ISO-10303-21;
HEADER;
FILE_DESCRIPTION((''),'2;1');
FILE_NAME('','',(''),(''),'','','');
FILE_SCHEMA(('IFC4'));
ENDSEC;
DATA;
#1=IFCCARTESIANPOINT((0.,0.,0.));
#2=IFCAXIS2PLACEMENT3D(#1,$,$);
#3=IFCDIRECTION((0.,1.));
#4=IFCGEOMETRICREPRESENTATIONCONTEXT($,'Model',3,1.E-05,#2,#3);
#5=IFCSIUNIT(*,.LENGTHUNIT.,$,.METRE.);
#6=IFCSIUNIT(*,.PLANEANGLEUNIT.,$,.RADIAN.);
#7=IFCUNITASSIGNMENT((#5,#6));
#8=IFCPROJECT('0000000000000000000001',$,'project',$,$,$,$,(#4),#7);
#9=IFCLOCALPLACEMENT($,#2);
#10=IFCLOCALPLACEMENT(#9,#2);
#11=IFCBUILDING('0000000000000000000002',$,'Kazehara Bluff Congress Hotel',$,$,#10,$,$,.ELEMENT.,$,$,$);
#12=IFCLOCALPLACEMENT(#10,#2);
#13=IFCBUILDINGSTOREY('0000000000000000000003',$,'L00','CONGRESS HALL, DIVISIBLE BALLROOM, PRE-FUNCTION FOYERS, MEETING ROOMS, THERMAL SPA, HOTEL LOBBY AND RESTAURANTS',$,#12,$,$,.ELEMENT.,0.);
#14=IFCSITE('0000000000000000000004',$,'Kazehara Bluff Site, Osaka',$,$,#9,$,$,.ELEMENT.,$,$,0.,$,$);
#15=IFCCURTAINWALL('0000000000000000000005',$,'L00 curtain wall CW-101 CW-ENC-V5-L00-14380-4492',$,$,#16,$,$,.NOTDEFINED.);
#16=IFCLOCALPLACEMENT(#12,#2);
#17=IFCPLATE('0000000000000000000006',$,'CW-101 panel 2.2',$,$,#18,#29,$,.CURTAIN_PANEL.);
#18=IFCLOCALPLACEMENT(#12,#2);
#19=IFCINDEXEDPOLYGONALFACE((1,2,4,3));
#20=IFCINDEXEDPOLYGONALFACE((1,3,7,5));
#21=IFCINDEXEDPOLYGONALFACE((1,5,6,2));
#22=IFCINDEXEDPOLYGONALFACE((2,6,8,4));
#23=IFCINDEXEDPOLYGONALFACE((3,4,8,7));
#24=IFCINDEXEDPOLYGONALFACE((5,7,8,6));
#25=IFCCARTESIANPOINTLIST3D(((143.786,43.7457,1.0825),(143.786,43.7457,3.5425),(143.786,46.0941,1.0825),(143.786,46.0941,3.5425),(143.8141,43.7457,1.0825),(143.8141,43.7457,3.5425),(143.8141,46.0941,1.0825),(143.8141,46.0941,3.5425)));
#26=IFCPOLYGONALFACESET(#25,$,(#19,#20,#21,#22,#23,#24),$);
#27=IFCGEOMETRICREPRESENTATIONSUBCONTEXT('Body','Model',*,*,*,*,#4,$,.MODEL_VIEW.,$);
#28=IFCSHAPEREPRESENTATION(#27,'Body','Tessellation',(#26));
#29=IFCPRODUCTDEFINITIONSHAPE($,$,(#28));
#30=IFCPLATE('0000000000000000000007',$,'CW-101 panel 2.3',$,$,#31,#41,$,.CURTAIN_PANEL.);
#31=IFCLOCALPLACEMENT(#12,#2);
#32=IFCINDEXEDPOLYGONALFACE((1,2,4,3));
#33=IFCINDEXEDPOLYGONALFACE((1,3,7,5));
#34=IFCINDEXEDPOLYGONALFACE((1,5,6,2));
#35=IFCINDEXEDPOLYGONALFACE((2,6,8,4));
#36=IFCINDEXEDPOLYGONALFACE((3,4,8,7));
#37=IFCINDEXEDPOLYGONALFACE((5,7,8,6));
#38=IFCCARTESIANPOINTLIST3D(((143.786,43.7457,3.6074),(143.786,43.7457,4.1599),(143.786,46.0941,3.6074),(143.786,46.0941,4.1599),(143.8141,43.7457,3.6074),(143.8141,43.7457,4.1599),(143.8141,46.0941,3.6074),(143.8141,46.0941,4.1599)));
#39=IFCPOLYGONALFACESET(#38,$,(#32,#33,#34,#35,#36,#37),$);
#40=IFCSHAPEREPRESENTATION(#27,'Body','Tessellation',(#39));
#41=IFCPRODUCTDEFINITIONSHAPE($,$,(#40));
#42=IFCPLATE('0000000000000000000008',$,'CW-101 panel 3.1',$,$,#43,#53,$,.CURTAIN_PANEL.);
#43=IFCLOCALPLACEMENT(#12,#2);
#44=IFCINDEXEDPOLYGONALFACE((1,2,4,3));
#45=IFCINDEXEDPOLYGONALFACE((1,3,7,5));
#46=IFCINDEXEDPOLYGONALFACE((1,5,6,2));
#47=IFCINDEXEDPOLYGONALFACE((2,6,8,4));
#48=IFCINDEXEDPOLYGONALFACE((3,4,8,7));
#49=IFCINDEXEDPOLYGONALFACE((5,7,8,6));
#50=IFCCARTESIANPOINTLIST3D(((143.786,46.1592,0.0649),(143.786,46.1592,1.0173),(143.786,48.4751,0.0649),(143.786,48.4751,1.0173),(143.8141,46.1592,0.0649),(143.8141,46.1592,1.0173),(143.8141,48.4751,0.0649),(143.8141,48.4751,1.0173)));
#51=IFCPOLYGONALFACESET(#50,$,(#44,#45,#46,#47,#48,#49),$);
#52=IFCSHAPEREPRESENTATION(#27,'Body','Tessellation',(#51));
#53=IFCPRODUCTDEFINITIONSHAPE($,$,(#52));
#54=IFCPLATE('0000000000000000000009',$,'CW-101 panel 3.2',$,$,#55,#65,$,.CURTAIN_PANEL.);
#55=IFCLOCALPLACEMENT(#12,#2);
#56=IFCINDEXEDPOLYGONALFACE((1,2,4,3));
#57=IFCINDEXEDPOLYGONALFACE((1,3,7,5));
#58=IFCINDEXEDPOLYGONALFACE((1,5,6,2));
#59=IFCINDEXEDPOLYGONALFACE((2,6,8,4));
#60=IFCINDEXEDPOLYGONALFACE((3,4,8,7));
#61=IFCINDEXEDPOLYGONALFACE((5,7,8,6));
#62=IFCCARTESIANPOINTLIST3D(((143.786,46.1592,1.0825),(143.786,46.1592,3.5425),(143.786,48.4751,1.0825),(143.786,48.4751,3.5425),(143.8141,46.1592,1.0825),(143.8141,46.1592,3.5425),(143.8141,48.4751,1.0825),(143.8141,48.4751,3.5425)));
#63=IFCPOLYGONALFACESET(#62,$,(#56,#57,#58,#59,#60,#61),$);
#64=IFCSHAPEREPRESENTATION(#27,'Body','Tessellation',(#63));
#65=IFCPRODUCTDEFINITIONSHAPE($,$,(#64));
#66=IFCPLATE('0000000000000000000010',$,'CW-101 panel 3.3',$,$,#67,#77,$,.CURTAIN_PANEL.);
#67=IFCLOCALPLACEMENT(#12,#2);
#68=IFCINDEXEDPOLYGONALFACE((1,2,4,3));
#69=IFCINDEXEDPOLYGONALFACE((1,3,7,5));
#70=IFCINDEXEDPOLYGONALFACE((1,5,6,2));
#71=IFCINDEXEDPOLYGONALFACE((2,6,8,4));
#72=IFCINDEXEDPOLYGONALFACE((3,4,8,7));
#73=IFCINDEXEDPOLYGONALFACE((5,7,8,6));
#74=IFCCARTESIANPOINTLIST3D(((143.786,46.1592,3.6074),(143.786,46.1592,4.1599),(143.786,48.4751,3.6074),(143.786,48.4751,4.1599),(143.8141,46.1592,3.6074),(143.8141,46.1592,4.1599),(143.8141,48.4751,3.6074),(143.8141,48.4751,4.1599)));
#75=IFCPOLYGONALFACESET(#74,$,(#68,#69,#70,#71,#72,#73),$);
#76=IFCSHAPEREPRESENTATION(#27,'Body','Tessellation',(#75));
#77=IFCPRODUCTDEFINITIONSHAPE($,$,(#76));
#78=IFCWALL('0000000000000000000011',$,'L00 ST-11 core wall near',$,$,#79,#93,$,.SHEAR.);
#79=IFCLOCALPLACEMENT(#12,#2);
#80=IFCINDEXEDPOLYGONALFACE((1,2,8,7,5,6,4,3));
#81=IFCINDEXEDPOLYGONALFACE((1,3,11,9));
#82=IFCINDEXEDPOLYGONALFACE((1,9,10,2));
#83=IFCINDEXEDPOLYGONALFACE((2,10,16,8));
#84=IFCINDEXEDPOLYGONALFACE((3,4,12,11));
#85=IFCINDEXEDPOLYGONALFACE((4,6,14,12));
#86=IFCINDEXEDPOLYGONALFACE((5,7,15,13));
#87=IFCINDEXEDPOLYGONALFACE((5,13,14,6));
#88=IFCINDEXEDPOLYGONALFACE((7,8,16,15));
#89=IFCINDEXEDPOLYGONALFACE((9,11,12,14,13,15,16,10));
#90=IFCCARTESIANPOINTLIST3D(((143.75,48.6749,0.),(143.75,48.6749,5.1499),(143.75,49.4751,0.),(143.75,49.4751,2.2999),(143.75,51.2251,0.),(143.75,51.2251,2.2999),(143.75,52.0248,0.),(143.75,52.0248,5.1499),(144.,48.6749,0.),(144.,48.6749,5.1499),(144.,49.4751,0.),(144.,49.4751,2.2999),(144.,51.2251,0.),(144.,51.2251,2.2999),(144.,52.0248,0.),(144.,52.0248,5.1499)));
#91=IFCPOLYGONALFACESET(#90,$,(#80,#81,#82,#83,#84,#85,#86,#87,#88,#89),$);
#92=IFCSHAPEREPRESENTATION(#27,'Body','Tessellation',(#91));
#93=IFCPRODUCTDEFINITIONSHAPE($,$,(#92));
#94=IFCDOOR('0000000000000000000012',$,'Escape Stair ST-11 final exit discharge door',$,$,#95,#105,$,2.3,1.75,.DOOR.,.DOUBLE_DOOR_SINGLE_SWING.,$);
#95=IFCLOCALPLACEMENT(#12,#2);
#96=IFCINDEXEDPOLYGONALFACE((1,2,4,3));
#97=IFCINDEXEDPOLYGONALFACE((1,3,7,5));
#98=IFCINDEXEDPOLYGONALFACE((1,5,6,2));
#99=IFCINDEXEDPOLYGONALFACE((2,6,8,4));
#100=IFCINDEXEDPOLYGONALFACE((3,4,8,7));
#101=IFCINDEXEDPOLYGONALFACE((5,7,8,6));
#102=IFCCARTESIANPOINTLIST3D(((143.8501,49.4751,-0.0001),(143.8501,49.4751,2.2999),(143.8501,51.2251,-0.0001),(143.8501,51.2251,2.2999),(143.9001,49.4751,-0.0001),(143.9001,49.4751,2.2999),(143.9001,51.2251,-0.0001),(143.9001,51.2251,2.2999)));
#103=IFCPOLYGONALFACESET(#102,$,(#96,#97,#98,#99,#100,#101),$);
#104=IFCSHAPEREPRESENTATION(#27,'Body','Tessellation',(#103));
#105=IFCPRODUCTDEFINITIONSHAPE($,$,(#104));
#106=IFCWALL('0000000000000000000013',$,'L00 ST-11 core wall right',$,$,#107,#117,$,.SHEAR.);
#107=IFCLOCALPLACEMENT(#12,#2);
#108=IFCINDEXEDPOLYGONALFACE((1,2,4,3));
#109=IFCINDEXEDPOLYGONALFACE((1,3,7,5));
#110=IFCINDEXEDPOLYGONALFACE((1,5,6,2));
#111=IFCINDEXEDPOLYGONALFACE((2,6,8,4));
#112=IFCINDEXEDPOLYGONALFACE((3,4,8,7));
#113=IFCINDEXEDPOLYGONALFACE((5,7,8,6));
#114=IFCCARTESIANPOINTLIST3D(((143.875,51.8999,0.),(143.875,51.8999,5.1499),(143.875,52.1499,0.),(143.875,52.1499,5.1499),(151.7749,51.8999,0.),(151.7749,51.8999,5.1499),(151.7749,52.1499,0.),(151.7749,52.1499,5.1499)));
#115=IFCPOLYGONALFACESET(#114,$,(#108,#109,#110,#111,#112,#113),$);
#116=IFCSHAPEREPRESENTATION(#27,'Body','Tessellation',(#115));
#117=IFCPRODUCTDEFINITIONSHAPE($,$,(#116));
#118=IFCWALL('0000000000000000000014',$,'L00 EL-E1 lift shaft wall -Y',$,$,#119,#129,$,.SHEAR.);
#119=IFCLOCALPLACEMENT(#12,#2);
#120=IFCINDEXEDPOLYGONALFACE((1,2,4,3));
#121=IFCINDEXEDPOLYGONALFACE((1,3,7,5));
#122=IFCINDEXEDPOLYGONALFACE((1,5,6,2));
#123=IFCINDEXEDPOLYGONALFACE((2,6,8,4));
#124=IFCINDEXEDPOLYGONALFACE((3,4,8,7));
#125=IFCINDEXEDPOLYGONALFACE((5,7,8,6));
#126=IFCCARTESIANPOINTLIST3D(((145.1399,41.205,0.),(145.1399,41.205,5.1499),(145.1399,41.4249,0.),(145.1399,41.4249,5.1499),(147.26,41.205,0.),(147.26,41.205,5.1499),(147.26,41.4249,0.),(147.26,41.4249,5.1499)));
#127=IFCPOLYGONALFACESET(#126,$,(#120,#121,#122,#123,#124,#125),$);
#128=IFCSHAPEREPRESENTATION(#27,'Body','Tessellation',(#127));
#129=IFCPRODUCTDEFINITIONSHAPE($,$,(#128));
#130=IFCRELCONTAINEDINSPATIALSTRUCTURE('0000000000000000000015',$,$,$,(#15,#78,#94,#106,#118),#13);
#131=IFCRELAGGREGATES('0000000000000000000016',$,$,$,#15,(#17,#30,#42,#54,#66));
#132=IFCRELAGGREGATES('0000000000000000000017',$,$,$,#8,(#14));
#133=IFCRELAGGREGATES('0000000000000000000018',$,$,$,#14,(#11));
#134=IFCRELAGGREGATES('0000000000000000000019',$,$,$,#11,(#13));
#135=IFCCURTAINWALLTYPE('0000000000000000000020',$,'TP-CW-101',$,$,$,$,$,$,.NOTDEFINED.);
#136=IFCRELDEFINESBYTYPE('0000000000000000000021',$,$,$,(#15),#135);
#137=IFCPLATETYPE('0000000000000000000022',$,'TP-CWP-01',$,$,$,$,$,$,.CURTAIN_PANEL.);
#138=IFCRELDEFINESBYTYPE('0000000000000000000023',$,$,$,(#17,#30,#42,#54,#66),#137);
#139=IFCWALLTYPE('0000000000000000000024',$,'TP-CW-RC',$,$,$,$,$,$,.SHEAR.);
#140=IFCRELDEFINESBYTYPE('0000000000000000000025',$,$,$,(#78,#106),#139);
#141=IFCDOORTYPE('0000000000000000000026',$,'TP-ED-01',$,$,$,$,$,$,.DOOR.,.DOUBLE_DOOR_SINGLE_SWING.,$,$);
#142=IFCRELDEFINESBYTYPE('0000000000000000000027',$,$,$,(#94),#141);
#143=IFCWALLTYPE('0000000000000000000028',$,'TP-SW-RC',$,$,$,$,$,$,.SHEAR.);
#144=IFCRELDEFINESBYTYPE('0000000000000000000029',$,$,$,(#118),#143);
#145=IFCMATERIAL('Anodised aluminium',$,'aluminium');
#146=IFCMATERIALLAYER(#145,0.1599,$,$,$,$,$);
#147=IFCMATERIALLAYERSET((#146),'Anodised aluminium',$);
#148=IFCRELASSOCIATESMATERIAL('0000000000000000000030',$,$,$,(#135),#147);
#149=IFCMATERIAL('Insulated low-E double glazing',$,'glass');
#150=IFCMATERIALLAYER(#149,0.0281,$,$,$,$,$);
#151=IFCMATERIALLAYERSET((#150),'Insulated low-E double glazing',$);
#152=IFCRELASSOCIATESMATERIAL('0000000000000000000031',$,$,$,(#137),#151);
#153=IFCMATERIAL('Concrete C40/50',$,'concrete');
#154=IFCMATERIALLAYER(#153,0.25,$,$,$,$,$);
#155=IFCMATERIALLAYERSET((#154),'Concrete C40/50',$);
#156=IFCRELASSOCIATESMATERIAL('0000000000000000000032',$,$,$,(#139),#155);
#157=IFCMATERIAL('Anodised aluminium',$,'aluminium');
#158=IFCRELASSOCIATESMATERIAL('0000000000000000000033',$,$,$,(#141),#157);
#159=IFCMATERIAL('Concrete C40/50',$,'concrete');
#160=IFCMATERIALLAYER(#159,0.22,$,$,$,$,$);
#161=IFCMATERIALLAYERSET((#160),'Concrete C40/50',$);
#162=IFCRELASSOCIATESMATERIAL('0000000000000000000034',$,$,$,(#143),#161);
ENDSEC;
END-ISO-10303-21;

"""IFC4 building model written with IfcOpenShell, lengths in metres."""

from ifc_helpers import new_model, si_unit, direction, frame, frame_2d, origin, origin_2d, place, context, subcontext, project, spatial, rectangle, extrude, material, layer, layer_set, type_object, element, fill, aggregate, save


model = new_model("IFC4")

# Units and contexts
model_context = context("Model", 3, precision=1e-05, world=origin(), true_north=direction((0.0, 1.0)))
body_context = subcontext(model_context, "Body", "Model", "MODEL_VIEW")
ifc_project = project(units=[si_unit("LENGTHUNIT", "METRE"), si_unit("PLANEANGLEUNIT", "RADIAN")], contexts=[model_context])

# Site, building, storey
site_placement = place(None, origin())
site = spatial("IfcSite", under=ifc_project, at=site_placement, Name="Kazehara Bluff Site, Osaka", CompositionType="ELEMENT", RefElevation=0.0)
building_placement = place(site_placement, origin())
building = spatial("IfcBuilding", under=site, at=building_placement, Name="Kazehara Bluff Congress Hotel", CompositionType="ELEMENT")
storey_placement = place(building_placement, origin())
storey = spatial("IfcBuildingStorey", under=building, at=storey_placement, Name="L00", Description="CONGRESS HALL, DIVISIBLE BALLROOM, PRE-FUNCTION FOYERS, MEETING ROOMS, THERMAL SPA, HOTEL LOBBY AND RESTAURANTS", CompositionType="ELEMENT", Elevation=0.0)

# Curtain wall
ifc_material_1 = material(Name="Anodised aluminium", Category="aluminium")
ifc_layer_1 = layer(ifc_material_1, 0.1599)
ifc_layer_set_1 = layer_set([ifc_layer_1], Name="Anodised aluminium")
curtain_wall_type_1 = type_object("IfcCurtainWallType", Name="TP-CW-101", PredefinedType="NOTDEFINED", material=ifc_layer_set_1)
curtain_wall_1_placement = place(storey_placement, origin())
curtain_wall_1 = element("IfcCurtainWall", 1, at=curtain_wall_1_placement, inside=storey, type_object=curtain_wall_type_1, Name="L00 curtain wall CW-101 CW-ENC-V5-L00-14380-4492", PredefinedType="NOTDEFINED")

# Plates
ifc_material_2 = material(Name="Insulated low-E double glazing", Category="glass")
ifc_layer_2 = layer(ifc_material_2, 0.0281)
ifc_layer_set_2 = layer_set([ifc_layer_2], Name="Insulated low-E double glazing")
plate_type = type_object("IfcPlateType", Name="TP-CWP-01", PredefinedType="CURTAIN_PANEL", material=ifc_layer_set_2)
plate_1_placement = place(storey_placement, frame((143.8, 44.9199, 1.0825), z_axis=(0.0, 0.0, 1.0), x_axis=(0.0, 1.0, 0.0)))
plate_1 = element("IfcPlate", 2, at=plate_1_placement, type_object=plate_type, Name="CW-101 panel 2.2", PredefinedType="CURTAIN_PANEL", context=body_context, shape_type="SweptSolid", body=[
    extrude(rectangle(XDim=2.3484, YDim=0.0281, at=origin_2d()), origin(), (0.0, 0.0, 1.0), 2.46),
])
plate_2_placement = place(storey_placement, frame((143.8, 44.9199, 3.6074), z_axis=(0.0, 0.0, 1.0), x_axis=(0.0, 1.0, 0.0)))
plate_2 = element("IfcPlate", 3, at=plate_2_placement, type_object=plate_type, Name="CW-101 panel 2.3", PredefinedType="CURTAIN_PANEL", context=body_context, shape_type="SweptSolid", body=[
    extrude(rectangle(XDim=2.3484, YDim=0.0281, at=origin_2d()), origin(), (0.0, 0.0, 1.0), 0.5525),
])
plate_3_placement = place(storey_placement, frame((143.8, 47.3171, 0.0649), z_axis=(0.0, 0.0, 1.0), x_axis=(0.0, 1.0, 0.0)))
plate_3 = element("IfcPlate", 4, at=plate_3_placement, type_object=plate_type, Name="CW-101 panel 3.1", PredefinedType="CURTAIN_PANEL", context=body_context, shape_type="SweptSolid", body=[
    extrude(rectangle(XDim=2.3159, YDim=0.0281, at=origin_2d()), origin(), (0.0, 0.0, 1.0), 0.9524),
])
plate_4_placement = place(storey_placement, frame((143.8, 47.3171, 1.0825), z_axis=(0.0, 0.0, 1.0), x_axis=(0.0, 1.0, 0.0)))
plate_4 = element("IfcPlate", 5, at=plate_4_placement, type_object=plate_type, Name="CW-101 panel 3.2", PredefinedType="CURTAIN_PANEL", context=body_context, shape_type="SweptSolid", body=[
    extrude(rectangle(XDim=2.3159, YDim=0.0281, at=origin_2d()), origin(), (0.0, 0.0, 1.0), 2.46),
])
plate_5_placement = place(storey_placement, frame((143.8, 47.3171, 3.6074), z_axis=(0.0, 0.0, 1.0), x_axis=(0.0, 1.0, 0.0)))
plate_5 = element("IfcPlate", 6, at=plate_5_placement, type_object=plate_type, Name="CW-101 panel 3.3", PredefinedType="CURTAIN_PANEL", context=body_context, shape_type="SweptSolid", body=[
    extrude(rectangle(XDim=2.3159, YDim=0.0281, at=origin_2d()), origin(), (0.0, 0.0, 1.0), 0.5525),
])
aggregate(curtain_wall_1, [plate_1, plate_2, plate_3, plate_4, plate_5])

# Wall, opening, door
ifc_material_3 = material(Name="Concrete C40/50", Category="concrete")
ifc_layer_3 = layer(ifc_material_3, 0.25)
ifc_layer_set_3 = layer_set([ifc_layer_3], Name="Concrete C40/50")
wall_type_1 = type_object("IfcWallType", Name="TP-CW-RC", PredefinedType="SHEAR", material=ifc_layer_set_3)
wall_1_placement = place(storey_placement, frame((143.875, 48.675, 0.0), z_axis=(0.0, 0.0, 1.0), x_axis=(0.0, 1.0, 0.0)))
wall_1 = element("IfcWall", 7, at=wall_1_placement, inside=storey, type_object=wall_type_1, Name="L00 ST-11 core wall near", PredefinedType="SHEAR", context=body_context, shape_type="SweptSolid", body=[
    extrude(rectangle(XDim=3.3499, YDim=0.25, at=frame_2d((1.6748, 0.0))), origin(), (0.0, 0.0, 1.0), 5.1499),
])
opening_placement = place(wall_1_placement, frame((0.8, 0.0, 0.0)))
opening = element("IfcOpeningElement", 8, at=opening_placement, cuts=wall_1, PredefinedType="OPENING", context=body_context, shape_type="SweptSolid", body=[
    extrude(rectangle(XDim=1.75, YDim=2.3, at=frame_2d((0.875, 1.1499))), frame((0.0, 0.135, 0.0), z_axis=(0.0, -1.0, 0.0), x_axis=(1.0, 0.0, 0.0)), (0.0, 0.0, 1.0), 0.27),
])
ifc_material_4 = material(Name="Anodised aluminium", Category="aluminium")
door_type = type_object("IfcDoorType", Name="TP-ED-01", OperationType="DOUBLE_DOOR_SINGLE_SWING", PredefinedType="DOOR", material=ifc_material_4)
door_placement = place(opening_placement, origin())
door = element("IfcDoor", 9, at=door_placement, inside=storey, type_object=door_type, Name="Escape Stair ST-11 final exit discharge door", OperationType="DOUBLE_DOOR_SINGLE_SWING", OverallHeight=2.3, OverallWidth=1.75, PredefinedType="DOOR", context=body_context, shape_type="SweptSolid", body=[
    extrude(rectangle(XDim=1.75, YDim=2.3, at=frame_2d((0.875, 1.1499))), frame((0.0, 0.0249, 0.0), z_axis=(0.0, -1.0, 0.0), x_axis=(1.0, 0.0, 0.0)), (0.0, 0.0, 1.0), 0.05),
])
fill(opening, door)

# Walls
wall_2_placement = place(storey_placement, frame((143.875, 52.0249, 0.0), z_axis=(0.0, 0.0, 1.0), x_axis=(1.0, 0.0, 0.0)))
element("IfcWall", 10, at=wall_2_placement, inside=storey, type_object=wall_type_1, Name="L00 ST-11 core wall right", PredefinedType="SHEAR", context=body_context, shape_type="SweptSolid", body=[
    extrude(rectangle(XDim=7.8999, YDim=0.25, at=frame_2d((3.95, 0.0))), origin(), (0.0, 0.0, 1.0), 5.1499),
])
ifc_material_5 = material(Name="Concrete C40/50", Category="concrete")
ifc_layer_4 = layer(ifc_material_5, 0.22)
ifc_layer_set_4 = layer_set([ifc_layer_4], Name="Concrete C40/50")
wall_type_2 = type_object("IfcWallType", Name="TP-SW-RC", PredefinedType="SHEAR", material=ifc_layer_set_4)
wall_3_placement = place(storey_placement, frame((145.1399, 41.3149, 0.0), z_axis=(0.0, 0.0, 1.0), x_axis=(1.0, 0.0, 0.0)))
element("IfcWall", 11, at=wall_3_placement, inside=storey, type_object=wall_type_2, Name="L00 EL-E1 lift shaft wall -Y", PredefinedType="SHEAR", context=body_context, shape_type="SweptSolid", body=[
    extrude(rectangle(XDim=2.1201, YDim=0.22, at=frame_2d((1.0601, 0.0))), origin(), (0.0, 0.0, 1.0), 5.1499),
])

save(model, "model.ifc")
